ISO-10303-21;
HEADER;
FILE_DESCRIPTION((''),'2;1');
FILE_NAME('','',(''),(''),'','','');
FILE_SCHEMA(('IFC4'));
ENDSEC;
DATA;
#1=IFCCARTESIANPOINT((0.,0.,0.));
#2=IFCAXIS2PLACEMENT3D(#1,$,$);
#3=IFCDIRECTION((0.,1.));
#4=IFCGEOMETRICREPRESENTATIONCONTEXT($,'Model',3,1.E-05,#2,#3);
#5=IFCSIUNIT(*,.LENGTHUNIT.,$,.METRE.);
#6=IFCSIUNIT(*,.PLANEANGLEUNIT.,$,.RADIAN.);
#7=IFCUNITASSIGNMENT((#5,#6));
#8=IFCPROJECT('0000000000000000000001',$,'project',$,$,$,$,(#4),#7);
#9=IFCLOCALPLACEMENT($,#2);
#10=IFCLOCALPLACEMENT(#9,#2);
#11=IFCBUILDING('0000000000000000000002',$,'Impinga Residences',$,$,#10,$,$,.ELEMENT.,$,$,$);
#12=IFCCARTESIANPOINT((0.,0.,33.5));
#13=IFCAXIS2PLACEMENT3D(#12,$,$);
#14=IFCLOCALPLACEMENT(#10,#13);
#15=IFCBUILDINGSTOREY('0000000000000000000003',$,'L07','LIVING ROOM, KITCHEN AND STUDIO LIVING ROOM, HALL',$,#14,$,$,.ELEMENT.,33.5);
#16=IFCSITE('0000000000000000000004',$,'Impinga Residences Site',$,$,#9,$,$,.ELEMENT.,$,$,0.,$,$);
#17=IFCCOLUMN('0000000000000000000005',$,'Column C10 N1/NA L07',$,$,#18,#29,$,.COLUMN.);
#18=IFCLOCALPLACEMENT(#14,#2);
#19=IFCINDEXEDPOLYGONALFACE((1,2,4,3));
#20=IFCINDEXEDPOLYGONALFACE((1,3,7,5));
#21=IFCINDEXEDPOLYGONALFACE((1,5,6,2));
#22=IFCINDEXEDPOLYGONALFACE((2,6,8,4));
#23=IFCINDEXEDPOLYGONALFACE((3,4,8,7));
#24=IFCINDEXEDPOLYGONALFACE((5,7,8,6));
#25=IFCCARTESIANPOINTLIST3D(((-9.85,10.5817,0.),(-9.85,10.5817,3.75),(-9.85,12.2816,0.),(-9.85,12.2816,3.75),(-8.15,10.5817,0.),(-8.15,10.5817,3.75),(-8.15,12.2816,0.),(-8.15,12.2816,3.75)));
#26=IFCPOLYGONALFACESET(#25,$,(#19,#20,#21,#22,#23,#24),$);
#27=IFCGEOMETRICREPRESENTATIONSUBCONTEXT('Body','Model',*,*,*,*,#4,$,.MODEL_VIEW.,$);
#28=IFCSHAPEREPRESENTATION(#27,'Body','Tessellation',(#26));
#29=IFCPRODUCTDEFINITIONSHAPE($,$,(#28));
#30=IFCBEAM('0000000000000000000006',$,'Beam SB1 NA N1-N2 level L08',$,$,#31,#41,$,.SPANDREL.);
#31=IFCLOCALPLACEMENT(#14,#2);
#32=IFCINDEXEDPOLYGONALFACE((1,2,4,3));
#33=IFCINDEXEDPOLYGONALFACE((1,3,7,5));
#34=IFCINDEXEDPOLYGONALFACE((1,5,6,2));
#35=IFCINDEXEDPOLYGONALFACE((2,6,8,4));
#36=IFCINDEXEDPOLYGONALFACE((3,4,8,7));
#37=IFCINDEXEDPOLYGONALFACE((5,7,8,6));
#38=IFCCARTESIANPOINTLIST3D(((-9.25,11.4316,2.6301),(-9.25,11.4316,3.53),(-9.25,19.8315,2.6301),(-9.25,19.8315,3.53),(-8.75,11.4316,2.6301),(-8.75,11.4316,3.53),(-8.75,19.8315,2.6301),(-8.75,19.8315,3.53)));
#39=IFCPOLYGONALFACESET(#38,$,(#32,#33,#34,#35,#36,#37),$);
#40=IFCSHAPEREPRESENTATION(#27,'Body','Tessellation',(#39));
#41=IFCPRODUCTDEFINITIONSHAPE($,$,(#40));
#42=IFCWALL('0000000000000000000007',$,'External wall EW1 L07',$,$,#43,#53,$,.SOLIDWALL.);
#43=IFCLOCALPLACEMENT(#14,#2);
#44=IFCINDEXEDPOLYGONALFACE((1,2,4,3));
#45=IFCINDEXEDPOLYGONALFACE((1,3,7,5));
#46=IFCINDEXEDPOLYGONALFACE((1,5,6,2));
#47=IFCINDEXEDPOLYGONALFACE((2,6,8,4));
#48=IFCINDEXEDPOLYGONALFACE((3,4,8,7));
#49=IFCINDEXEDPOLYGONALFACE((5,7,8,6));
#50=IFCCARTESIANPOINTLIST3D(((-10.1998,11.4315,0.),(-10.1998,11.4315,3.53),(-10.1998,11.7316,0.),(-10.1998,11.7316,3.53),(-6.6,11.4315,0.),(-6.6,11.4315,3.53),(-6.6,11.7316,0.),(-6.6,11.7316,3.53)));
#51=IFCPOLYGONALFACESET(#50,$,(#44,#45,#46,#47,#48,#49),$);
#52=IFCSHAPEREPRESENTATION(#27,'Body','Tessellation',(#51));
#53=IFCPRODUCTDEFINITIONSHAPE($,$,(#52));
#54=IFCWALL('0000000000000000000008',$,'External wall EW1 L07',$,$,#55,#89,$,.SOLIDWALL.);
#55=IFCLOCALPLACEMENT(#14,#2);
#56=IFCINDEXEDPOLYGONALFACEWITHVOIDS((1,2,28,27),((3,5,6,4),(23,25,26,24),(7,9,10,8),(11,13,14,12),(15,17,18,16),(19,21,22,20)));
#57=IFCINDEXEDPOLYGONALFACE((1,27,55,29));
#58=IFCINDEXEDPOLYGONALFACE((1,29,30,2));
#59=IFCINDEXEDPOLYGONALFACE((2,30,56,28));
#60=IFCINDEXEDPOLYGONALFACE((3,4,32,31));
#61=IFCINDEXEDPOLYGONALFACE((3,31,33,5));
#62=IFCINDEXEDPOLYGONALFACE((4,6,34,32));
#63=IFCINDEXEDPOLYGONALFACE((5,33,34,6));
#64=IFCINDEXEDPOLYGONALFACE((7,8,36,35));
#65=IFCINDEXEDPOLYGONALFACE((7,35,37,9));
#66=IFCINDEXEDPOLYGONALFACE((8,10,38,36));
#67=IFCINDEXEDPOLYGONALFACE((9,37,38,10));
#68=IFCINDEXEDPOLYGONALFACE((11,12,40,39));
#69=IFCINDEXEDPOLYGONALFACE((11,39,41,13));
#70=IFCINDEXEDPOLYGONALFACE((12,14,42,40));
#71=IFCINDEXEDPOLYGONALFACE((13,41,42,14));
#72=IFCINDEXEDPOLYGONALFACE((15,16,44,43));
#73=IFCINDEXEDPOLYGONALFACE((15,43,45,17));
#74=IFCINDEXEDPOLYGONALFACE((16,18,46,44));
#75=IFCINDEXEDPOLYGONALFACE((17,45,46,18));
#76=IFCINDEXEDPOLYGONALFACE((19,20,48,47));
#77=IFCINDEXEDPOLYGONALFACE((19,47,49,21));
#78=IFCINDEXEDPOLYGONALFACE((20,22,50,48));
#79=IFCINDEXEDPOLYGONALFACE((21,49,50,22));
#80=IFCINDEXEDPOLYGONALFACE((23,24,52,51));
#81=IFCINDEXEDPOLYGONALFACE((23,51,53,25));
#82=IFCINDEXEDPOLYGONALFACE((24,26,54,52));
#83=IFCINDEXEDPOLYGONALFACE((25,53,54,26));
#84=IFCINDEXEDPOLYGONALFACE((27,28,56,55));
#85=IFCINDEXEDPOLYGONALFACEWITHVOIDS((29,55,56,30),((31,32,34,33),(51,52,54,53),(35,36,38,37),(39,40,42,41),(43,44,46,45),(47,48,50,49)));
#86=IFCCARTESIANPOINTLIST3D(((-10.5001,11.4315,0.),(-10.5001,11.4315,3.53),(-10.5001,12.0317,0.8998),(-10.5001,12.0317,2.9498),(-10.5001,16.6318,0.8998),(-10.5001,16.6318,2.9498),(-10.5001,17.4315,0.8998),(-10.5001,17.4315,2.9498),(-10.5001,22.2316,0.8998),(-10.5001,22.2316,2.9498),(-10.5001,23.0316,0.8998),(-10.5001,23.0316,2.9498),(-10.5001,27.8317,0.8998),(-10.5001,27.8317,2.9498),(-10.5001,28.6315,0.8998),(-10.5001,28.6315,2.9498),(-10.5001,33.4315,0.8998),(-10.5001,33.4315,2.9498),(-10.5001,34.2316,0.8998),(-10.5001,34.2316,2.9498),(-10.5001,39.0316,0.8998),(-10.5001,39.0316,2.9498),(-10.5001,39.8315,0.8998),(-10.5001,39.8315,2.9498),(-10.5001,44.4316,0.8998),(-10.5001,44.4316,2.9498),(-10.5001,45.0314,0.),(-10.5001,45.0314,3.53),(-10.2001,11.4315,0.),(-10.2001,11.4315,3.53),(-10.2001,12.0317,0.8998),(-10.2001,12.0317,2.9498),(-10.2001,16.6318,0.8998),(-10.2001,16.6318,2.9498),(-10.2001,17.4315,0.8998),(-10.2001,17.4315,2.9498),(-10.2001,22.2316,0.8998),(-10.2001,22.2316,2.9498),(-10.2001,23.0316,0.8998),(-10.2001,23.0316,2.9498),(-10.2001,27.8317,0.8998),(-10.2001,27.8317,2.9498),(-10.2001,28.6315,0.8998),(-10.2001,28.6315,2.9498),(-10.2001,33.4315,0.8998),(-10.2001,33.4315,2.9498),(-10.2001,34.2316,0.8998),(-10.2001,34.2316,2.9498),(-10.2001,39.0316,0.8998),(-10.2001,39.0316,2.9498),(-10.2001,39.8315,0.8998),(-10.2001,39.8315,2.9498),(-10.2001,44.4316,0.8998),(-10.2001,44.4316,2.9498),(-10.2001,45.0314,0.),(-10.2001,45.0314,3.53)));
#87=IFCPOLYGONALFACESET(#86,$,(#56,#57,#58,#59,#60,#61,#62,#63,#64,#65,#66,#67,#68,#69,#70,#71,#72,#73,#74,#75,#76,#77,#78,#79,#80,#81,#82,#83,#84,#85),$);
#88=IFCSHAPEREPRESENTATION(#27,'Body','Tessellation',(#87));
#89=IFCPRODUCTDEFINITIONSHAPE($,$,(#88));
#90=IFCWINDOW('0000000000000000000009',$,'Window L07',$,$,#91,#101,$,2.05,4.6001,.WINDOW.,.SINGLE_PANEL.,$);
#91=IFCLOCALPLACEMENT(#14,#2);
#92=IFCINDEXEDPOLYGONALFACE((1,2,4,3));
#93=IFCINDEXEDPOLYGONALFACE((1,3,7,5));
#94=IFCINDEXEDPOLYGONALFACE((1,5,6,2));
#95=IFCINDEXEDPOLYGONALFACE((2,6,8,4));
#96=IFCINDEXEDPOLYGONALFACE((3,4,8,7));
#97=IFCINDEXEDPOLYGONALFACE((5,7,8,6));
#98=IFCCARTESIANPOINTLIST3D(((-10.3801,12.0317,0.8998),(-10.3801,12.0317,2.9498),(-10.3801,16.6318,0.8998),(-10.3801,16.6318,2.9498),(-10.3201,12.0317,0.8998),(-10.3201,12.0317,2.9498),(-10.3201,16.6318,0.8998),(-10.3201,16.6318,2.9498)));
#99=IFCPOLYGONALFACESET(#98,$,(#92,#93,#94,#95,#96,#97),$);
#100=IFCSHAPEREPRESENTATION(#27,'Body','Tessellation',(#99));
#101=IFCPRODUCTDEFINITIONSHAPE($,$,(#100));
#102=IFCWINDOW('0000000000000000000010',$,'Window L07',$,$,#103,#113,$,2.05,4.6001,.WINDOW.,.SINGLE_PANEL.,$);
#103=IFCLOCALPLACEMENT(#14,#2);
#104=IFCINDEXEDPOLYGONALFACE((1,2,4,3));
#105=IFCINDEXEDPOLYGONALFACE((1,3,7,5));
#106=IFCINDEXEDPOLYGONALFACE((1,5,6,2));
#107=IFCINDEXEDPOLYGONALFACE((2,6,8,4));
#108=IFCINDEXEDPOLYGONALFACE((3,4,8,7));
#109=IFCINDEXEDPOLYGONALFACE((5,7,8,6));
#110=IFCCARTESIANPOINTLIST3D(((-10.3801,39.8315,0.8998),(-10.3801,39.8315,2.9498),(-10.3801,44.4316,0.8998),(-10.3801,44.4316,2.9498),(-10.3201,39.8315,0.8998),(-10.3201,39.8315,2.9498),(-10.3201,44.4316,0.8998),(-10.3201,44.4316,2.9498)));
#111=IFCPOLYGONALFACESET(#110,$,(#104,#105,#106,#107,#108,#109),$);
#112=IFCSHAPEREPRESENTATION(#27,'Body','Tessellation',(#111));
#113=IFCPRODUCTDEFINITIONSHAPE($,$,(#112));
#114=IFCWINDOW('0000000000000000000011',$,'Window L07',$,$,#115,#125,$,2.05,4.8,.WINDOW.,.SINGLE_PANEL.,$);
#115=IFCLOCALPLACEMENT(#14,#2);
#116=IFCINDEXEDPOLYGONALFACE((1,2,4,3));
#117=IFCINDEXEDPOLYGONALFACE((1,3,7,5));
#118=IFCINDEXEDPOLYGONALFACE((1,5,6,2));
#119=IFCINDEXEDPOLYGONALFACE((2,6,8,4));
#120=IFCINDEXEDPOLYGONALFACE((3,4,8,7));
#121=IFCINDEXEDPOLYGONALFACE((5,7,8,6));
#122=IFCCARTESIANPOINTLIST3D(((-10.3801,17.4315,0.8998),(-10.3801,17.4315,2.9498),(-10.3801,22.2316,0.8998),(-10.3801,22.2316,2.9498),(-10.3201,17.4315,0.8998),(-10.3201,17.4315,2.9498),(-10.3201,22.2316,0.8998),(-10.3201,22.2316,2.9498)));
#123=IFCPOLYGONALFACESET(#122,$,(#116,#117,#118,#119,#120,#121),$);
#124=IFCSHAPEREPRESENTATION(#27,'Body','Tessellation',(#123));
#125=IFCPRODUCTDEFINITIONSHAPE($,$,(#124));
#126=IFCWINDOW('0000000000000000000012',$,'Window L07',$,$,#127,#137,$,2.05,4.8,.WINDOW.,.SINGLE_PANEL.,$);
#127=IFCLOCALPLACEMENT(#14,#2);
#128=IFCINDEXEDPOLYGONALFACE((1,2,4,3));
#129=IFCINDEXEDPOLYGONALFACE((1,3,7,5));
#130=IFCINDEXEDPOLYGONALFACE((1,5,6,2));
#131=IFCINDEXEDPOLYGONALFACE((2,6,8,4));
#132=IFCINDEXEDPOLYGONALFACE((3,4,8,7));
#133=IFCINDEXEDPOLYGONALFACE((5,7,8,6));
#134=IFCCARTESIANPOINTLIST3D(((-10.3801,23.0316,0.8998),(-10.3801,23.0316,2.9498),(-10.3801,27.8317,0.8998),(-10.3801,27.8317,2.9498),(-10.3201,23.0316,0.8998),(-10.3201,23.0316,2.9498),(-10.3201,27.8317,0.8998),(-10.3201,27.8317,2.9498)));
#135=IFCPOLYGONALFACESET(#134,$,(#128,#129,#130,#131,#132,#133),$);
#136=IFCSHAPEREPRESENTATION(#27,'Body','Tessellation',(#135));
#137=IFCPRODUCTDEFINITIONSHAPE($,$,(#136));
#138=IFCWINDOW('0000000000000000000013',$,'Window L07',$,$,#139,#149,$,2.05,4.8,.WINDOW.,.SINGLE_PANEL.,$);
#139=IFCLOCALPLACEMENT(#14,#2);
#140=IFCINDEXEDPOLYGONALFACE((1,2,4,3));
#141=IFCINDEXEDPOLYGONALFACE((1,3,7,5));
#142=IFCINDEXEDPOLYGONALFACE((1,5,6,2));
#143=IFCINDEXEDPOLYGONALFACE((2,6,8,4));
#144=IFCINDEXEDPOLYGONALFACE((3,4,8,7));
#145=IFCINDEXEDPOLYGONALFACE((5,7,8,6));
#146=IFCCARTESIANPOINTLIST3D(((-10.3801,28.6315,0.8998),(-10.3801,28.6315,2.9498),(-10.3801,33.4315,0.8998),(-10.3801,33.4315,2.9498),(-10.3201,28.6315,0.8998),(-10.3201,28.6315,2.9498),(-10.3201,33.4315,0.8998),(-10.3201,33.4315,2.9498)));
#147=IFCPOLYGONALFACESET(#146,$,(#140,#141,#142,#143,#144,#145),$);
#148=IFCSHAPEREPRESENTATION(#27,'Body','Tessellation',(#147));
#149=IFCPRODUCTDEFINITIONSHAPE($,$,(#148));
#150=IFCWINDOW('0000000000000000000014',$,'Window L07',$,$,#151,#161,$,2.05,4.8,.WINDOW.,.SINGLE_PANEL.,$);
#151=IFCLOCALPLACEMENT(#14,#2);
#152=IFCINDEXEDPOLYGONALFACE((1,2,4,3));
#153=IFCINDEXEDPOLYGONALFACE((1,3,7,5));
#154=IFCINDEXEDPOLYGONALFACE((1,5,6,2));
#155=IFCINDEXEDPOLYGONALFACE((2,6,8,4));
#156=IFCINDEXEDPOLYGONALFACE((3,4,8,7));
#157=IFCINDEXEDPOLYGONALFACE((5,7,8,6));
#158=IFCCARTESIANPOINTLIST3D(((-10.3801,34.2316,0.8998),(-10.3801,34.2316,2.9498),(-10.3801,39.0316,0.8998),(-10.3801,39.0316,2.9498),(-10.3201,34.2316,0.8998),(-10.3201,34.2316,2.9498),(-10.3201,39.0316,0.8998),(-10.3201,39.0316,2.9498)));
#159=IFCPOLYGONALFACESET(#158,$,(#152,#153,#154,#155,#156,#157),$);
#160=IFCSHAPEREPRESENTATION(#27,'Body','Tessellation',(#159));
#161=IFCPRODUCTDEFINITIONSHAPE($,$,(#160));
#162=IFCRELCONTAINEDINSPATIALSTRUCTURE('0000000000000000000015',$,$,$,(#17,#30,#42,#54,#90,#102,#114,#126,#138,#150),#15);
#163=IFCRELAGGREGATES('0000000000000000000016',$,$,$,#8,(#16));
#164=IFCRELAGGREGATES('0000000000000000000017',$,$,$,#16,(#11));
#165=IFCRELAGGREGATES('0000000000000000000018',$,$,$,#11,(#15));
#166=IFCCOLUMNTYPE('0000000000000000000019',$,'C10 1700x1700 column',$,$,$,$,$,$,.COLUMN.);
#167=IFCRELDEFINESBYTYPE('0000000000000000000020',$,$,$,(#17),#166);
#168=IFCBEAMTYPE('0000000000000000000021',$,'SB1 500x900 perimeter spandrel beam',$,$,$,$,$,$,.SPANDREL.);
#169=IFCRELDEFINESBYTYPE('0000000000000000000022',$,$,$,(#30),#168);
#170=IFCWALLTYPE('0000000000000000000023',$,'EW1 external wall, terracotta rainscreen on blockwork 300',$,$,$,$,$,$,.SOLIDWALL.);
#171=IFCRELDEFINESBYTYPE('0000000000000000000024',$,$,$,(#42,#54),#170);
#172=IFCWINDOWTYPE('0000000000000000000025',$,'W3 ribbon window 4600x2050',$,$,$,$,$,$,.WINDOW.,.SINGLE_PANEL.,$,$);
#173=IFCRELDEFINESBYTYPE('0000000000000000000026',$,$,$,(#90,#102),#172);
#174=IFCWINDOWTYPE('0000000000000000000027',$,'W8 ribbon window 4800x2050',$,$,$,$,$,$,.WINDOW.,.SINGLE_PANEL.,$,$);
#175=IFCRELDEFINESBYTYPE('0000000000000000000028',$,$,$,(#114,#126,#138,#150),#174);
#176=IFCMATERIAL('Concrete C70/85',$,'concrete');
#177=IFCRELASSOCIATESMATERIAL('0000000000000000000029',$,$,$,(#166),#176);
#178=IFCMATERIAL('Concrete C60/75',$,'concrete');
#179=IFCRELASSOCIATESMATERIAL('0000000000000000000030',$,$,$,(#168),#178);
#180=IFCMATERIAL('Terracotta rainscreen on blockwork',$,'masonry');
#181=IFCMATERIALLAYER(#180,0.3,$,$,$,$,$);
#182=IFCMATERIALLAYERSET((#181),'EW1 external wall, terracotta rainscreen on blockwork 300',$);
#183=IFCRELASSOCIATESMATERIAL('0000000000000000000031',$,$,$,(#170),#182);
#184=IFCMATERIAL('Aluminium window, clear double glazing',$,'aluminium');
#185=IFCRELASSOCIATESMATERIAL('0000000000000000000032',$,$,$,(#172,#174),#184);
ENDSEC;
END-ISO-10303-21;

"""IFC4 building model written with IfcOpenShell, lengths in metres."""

from ifc_helpers import new_model, si_unit, direction, frame, frame_2d, origin, origin_2d, place, context, subcontext, project, spatial, rectangle, extrude, material, layer, layer_set, material_profile, profile_set, type_object, element, fill, save


model = new_model("IFC4")

# Units and contexts
model_context = context("Model", 3, precision=1e-05, world=origin(), true_north=direction((0.0, 1.0)))
body_context = subcontext(model_context, "Body", "Model", "MODEL_VIEW")
ifc_project = project(units=[si_unit("LENGTHUNIT", "METRE"), si_unit("PLANEANGLEUNIT", "RADIAN")], contexts=[model_context])

# Site, building, storey
site_placement = place(None, origin())
site = spatial("IfcSite", under=ifc_project, at=site_placement, Name="Impinga Residences Site", CompositionType="ELEMENT", RefElevation=0.0)
building_placement = place(site_placement, origin())
building = spatial("IfcBuilding", under=site, at=building_placement, Name="Impinga Residences", CompositionType="ELEMENT")
storey_placement = place(building_placement, frame((0.0, 0.0, 33.5)))
storey = spatial("IfcBuildingStorey", under=building, at=storey_placement, Name="L07", Description="LIVING ROOM, KITCHEN AND STUDIO LIVING ROOM, HALL", CompositionType="ELEMENT", Elevation=33.5)

# Column
ifc_material_1 = material(Name="Concrete C70/85", Category="concrete")
ifc_material_profile_1 = material_profile(ifc_material_1, rectangle(XDim=1.7, YDim=1.7, at=origin_2d()), Name="RC 1700x1700")
ifc_profile_set_1 = profile_set([ifc_material_profile_1], Name="Concrete C70/85")
column_type = type_object("IfcColumnType", Name="C10 1700x1700 column", PredefinedType="COLUMN", material=ifc_profile_set_1)
column_placement = place(storey_placement, frame((-9.0, 11.4316, 0.0), z_axis=(0.0, 0.0, 1.0), x_axis=(1.0, 0.0, 0.0)))
element("IfcColumn", 1, at=column_placement, inside=storey, type_object=column_type, Name="Column C10 N1/NA L07", PredefinedType="COLUMN", context=body_context, shape_type="SweptSolid", body=[
    extrude(rectangle(XDim=1.7, YDim=1.7, at=origin_2d()), origin(), (0.0, 0.0, 1.0), 3.75),
])

# Beam
ifc_material_2 = material(Name="Concrete C60/75", Category="concrete")
ifc_material_profile_2 = material_profile(ifc_material_2, rectangle(XDim=0.5, YDim=0.8999, at=origin_2d()), Name="RC 500x900")
ifc_profile_set_2 = profile_set([ifc_material_profile_2], Name="Concrete C60/75")
beam_type = type_object("IfcBeamType", Name="SB1 500x900 perimeter spandrel beam", PredefinedType="SPANDREL", material=ifc_profile_set_2)
beam_placement = place(storey_placement, frame((-9.0, 11.4316, 3.0801), z_axis=(0.0, 1.0, 0.0), x_axis=(-1.0, 0.0, 0.0)))
element("IfcBeam", 2, at=beam_placement, inside=storey, type_object=beam_type, Name="Beam SB1 NA N1-N2 level L08", PredefinedType="SPANDREL", context=body_context, shape_type="SweptSolid", body=[
    extrude(rectangle(XDim=0.5, YDim=0.8999, at=origin_2d()), origin(), (0.0, 0.0, 1.0), 8.3999),
])

# Wall
ifc_material_3 = material(Name="Terracotta rainscreen on blockwork", Category="masonry")
ifc_layer_1 = layer(ifc_material_3, 0.3)
ifc_layer_set_1 = layer_set([ifc_layer_1], Name="EW1 external wall, terracotta rainscreen on blockwork 300")
wall_type_1 = type_object("IfcWallType", Name="EW1 external wall, terracotta rainscreen on blockwork 300", PredefinedType="SOLIDWALL", material=ifc_layer_set_1)
wall_1_placement = place(storey_placement, frame((-6.6001, 11.5815, 0.0), z_axis=(0.0, 0.0, 1.0), x_axis=(-1.0, 0.0, 0.0)))
element("IfcWall", 3, at=wall_1_placement, inside=storey, type_object=wall_type_1, Name="External wall EW1 L07", PredefinedType="SOLIDWALL", context=body_context, shape_type="SweptSolid", body=[
    extrude(rectangle(XDim=3.5999, YDim=0.3, at=frame_2d((1.7998, 0.0))), origin(), (0.0, 0.0, 1.0), 3.53),
])

# Wall, openings, windows
wall_2_placement = place(storey_placement, frame((-10.3501, 11.4316, 0.0), z_axis=(0.0, 0.0, 1.0), x_axis=(0.0, 1.0, 0.0)))
wall_2 = element("IfcWall", 4, at=wall_2_placement, inside=storey, type_object=wall_type_1, Name="External wall EW1 L07", PredefinedType="SOLIDWALL", context=body_context, shape_type="SweptSolid", body=[
    extrude(rectangle(XDim=33.5999, YDim=0.3, at=frame_2d((16.7998, 0.0))), origin(), (0.0, 0.0, 1.0), 3.53),
])
opening_1_placement = place(wall_2_placement, frame((0.6001, 0.0, 0.8999)))
opening_1 = element("IfcOpeningElement", 5, at=opening_1_placement, cuts=wall_2, PredefinedType="OPENING", context=body_context, shape_type="SweptSolid", body=[
    extrude(rectangle(XDim=4.6001, YDim=2.05, at=frame_2d((2.3, 1.0249))), frame((0.0, 0.1599, 0.0), z_axis=(0.0, -1.0, 0.0), x_axis=(1.0, 0.0, 0.0)), (0.0, 0.0, 1.0), 0.3201),
])
opening_2_placement = place(wall_2_placement, frame((6.0, 0.0, 0.8999)))
opening_2 = element("IfcOpeningElement", 6, at=opening_2_placement, cuts=wall_2, PredefinedType="OPENING", context=body_context, shape_type="SweptSolid", body=[
    extrude(rectangle(XDim=4.8, YDim=2.05, at=frame_2d((2.3999, 1.0249))), frame((0.0, 0.1599, 0.0), z_axis=(0.0, -1.0, 0.0), x_axis=(1.0, 0.0, 0.0)), (0.0, 0.0, 1.0), 0.3201),
])
opening_3_placement = place(wall_2_placement, frame((11.6001, 0.0, 0.8999)))
opening_3 = element("IfcOpeningElement", 7, at=opening_3_placement, cuts=wall_2, PredefinedType="OPENING", context=body_context, shape_type="SweptSolid", body=[
    extrude(rectangle(XDim=4.8, YDim=2.05, at=frame_2d((2.3999, 1.0249))), frame((0.0, 0.1599, 0.0), z_axis=(0.0, -1.0, 0.0), x_axis=(1.0, 0.0, 0.0)), (0.0, 0.0, 1.0), 0.3201),
])
opening_4_placement = place(wall_2_placement, frame((17.2, 0.0, 0.8999)))
opening_4 = element("IfcOpeningElement", 8, at=opening_4_placement, cuts=wall_2, PredefinedType="OPENING", context=body_context, shape_type="SweptSolid", body=[
    extrude(rectangle(XDim=4.8, YDim=2.05, at=frame_2d((2.3999, 1.0249))), frame((0.0, 0.1599, 0.0), z_axis=(0.0, -1.0, 0.0), x_axis=(1.0, 0.0, 0.0)), (0.0, 0.0, 1.0), 0.3201),
])
opening_5_placement = place(wall_2_placement, frame((22.8, 0.0, 0.8999)))
opening_5 = element("IfcOpeningElement", 9, at=opening_5_placement, cuts=wall_2, PredefinedType="OPENING", context=body_context, shape_type="SweptSolid", body=[
    extrude(rectangle(XDim=4.8, YDim=2.05, at=frame_2d((2.3999, 1.0249))), frame((0.0, 0.1599, 0.0), z_axis=(0.0, -1.0, 0.0), x_axis=(1.0, 0.0, 0.0)), (0.0, 0.0, 1.0), 0.3201),
])
opening_6_placement = place(wall_2_placement, frame((28.3999, 0.0, 0.8999)))
opening_6 = element("IfcOpeningElement", 10, at=opening_6_placement, cuts=wall_2, PredefinedType="OPENING", context=body_context, shape_type="SweptSolid", body=[
    extrude(rectangle(XDim=4.6001, YDim=2.05, at=frame_2d((2.3, 1.0249))), frame((0.0, 0.1599, 0.0), z_axis=(0.0, -1.0, 0.0), x_axis=(1.0, 0.0, 0.0)), (0.0, 0.0, 1.0), 0.3201),
])
ifc_material_4 = material(Name="Aluminium window, clear double glazing", Category="aluminium")
window_type_1 = type_object("IfcWindowType", Name="W3 ribbon window 4600x2050", PartitioningType="SINGLE_PANEL", PredefinedType="WINDOW", material=ifc_material_4)
window_1_placement = place(opening_1_placement, origin())
window_1 = element("IfcWindow", 11, at=window_1_placement, inside=storey, type_object=window_type_1, Name="Window L07", OverallHeight=2.05, OverallWidth=4.6001, PartitioningType="SINGLE_PANEL", PredefinedType="WINDOW", context=body_context, shape_type="SweptSolid", body=[
    extrude(rectangle(XDim=4.6001, YDim=2.05, at=frame_2d((2.3, 1.0249))), frame((0.0, 0.03, 0.0), z_axis=(0.0, -1.0, 0.0), x_axis=(1.0, 0.0, 0.0)), (0.0, 0.0, 1.0), 0.0601),
])
fill(opening_1, window_1)
window_2_placement = place(opening_6_placement, origin())
window_2 = element("IfcWindow", 12, at=window_2_placement, inside=storey, type_object=window_type_1, Name="Window L07", OverallHeight=2.05, OverallWidth=4.6001, PartitioningType="SINGLE_PANEL", PredefinedType="WINDOW", context=body_context, shape_type="SweptSolid", body=[
    extrude(rectangle(XDim=4.6001, YDim=2.05, at=frame_2d((2.3, 1.0249))), frame((0.0, 0.03, 0.0), z_axis=(0.0, -1.0, 0.0), x_axis=(1.0, 0.0, 0.0)), (0.0, 0.0, 1.0), 0.0601),
])
fill(opening_6, window_2)
window_type_2 = type_object("IfcWindowType", Name="W8 ribbon window 4800x2050", PartitioningType="SINGLE_PANEL", PredefinedType="WINDOW", material=ifc_material_4)
window_3_placement = place(opening_2_placement, origin())
window_3 = element("IfcWindow", 13, at=window_3_placement, inside=storey, type_object=window_type_2, Name="Window L07", OverallHeight=2.05, OverallWidth=4.8, PartitioningType="SINGLE_PANEL", PredefinedType="WINDOW", context=body_context, shape_type="SweptSolid", body=[
    extrude(rectangle(XDim=4.8, YDim=2.05, at=frame_2d((2.3999, 1.0249))), frame((0.0, 0.03, 0.0), z_axis=(0.0, -1.0, 0.0), x_axis=(1.0, 0.0, 0.0)), (0.0, 0.0, 1.0), 0.0601),
])
fill(opening_2, window_3)
window_4_placement = place(opening_3_placement, origin())
window_4 = element("IfcWindow", 14, at=window_4_placement, inside=storey, type_object=window_type_2, Name="Window L07", OverallHeight=2.05, OverallWidth=4.8, PartitioningType="SINGLE_PANEL", PredefinedType="WINDOW", context=body_context, shape_type="SweptSolid", body=[
    extrude(rectangle(XDim=4.8, YDim=2.05, at=frame_2d((2.3999, 1.0249))), frame((0.0, 0.03, 0.0), z_axis=(0.0, -1.0, 0.0), x_axis=(1.0, 0.0, 0.0)), (0.0, 0.0, 1.0), 0.0601),
])
fill(opening_3, window_4)
window_5_placement = place(opening_4_placement, origin())
window_5 = element("IfcWindow", 15, at=window_5_placement, inside=storey, type_object=window_type_2, Name="Window L07", OverallHeight=2.05, OverallWidth=4.8, PartitioningType="SINGLE_PANEL", PredefinedType="WINDOW", context=body_context, shape_type="SweptSolid", body=[
    extrude(rectangle(XDim=4.8, YDim=2.05, at=frame_2d((2.3999, 1.0249))), frame((0.0, 0.03, 0.0), z_axis=(0.0, -1.0, 0.0), x_axis=(1.0, 0.0, 0.0)), (0.0, 0.0, 1.0), 0.0601),
])
fill(opening_4, window_5)
window_6_placement = place(opening_5_placement, origin())
window_6 = element("IfcWindow", 16, at=window_6_placement, inside=storey, type_object=window_type_2, Name="Window L07", OverallHeight=2.05, OverallWidth=4.8, PartitioningType="SINGLE_PANEL", PredefinedType="WINDOW", context=body_context, shape_type="SweptSolid", body=[
    extrude(rectangle(XDim=4.8, YDim=2.05, at=frame_2d((2.3999, 1.0249))), frame((0.0, 0.03, 0.0), z_axis=(0.0, -1.0, 0.0), x_axis=(1.0, 0.0, 0.0)), (0.0, 0.0, 1.0), 0.0601),
])
fill(opening_5, window_6)

save(model, "model.ifc")
